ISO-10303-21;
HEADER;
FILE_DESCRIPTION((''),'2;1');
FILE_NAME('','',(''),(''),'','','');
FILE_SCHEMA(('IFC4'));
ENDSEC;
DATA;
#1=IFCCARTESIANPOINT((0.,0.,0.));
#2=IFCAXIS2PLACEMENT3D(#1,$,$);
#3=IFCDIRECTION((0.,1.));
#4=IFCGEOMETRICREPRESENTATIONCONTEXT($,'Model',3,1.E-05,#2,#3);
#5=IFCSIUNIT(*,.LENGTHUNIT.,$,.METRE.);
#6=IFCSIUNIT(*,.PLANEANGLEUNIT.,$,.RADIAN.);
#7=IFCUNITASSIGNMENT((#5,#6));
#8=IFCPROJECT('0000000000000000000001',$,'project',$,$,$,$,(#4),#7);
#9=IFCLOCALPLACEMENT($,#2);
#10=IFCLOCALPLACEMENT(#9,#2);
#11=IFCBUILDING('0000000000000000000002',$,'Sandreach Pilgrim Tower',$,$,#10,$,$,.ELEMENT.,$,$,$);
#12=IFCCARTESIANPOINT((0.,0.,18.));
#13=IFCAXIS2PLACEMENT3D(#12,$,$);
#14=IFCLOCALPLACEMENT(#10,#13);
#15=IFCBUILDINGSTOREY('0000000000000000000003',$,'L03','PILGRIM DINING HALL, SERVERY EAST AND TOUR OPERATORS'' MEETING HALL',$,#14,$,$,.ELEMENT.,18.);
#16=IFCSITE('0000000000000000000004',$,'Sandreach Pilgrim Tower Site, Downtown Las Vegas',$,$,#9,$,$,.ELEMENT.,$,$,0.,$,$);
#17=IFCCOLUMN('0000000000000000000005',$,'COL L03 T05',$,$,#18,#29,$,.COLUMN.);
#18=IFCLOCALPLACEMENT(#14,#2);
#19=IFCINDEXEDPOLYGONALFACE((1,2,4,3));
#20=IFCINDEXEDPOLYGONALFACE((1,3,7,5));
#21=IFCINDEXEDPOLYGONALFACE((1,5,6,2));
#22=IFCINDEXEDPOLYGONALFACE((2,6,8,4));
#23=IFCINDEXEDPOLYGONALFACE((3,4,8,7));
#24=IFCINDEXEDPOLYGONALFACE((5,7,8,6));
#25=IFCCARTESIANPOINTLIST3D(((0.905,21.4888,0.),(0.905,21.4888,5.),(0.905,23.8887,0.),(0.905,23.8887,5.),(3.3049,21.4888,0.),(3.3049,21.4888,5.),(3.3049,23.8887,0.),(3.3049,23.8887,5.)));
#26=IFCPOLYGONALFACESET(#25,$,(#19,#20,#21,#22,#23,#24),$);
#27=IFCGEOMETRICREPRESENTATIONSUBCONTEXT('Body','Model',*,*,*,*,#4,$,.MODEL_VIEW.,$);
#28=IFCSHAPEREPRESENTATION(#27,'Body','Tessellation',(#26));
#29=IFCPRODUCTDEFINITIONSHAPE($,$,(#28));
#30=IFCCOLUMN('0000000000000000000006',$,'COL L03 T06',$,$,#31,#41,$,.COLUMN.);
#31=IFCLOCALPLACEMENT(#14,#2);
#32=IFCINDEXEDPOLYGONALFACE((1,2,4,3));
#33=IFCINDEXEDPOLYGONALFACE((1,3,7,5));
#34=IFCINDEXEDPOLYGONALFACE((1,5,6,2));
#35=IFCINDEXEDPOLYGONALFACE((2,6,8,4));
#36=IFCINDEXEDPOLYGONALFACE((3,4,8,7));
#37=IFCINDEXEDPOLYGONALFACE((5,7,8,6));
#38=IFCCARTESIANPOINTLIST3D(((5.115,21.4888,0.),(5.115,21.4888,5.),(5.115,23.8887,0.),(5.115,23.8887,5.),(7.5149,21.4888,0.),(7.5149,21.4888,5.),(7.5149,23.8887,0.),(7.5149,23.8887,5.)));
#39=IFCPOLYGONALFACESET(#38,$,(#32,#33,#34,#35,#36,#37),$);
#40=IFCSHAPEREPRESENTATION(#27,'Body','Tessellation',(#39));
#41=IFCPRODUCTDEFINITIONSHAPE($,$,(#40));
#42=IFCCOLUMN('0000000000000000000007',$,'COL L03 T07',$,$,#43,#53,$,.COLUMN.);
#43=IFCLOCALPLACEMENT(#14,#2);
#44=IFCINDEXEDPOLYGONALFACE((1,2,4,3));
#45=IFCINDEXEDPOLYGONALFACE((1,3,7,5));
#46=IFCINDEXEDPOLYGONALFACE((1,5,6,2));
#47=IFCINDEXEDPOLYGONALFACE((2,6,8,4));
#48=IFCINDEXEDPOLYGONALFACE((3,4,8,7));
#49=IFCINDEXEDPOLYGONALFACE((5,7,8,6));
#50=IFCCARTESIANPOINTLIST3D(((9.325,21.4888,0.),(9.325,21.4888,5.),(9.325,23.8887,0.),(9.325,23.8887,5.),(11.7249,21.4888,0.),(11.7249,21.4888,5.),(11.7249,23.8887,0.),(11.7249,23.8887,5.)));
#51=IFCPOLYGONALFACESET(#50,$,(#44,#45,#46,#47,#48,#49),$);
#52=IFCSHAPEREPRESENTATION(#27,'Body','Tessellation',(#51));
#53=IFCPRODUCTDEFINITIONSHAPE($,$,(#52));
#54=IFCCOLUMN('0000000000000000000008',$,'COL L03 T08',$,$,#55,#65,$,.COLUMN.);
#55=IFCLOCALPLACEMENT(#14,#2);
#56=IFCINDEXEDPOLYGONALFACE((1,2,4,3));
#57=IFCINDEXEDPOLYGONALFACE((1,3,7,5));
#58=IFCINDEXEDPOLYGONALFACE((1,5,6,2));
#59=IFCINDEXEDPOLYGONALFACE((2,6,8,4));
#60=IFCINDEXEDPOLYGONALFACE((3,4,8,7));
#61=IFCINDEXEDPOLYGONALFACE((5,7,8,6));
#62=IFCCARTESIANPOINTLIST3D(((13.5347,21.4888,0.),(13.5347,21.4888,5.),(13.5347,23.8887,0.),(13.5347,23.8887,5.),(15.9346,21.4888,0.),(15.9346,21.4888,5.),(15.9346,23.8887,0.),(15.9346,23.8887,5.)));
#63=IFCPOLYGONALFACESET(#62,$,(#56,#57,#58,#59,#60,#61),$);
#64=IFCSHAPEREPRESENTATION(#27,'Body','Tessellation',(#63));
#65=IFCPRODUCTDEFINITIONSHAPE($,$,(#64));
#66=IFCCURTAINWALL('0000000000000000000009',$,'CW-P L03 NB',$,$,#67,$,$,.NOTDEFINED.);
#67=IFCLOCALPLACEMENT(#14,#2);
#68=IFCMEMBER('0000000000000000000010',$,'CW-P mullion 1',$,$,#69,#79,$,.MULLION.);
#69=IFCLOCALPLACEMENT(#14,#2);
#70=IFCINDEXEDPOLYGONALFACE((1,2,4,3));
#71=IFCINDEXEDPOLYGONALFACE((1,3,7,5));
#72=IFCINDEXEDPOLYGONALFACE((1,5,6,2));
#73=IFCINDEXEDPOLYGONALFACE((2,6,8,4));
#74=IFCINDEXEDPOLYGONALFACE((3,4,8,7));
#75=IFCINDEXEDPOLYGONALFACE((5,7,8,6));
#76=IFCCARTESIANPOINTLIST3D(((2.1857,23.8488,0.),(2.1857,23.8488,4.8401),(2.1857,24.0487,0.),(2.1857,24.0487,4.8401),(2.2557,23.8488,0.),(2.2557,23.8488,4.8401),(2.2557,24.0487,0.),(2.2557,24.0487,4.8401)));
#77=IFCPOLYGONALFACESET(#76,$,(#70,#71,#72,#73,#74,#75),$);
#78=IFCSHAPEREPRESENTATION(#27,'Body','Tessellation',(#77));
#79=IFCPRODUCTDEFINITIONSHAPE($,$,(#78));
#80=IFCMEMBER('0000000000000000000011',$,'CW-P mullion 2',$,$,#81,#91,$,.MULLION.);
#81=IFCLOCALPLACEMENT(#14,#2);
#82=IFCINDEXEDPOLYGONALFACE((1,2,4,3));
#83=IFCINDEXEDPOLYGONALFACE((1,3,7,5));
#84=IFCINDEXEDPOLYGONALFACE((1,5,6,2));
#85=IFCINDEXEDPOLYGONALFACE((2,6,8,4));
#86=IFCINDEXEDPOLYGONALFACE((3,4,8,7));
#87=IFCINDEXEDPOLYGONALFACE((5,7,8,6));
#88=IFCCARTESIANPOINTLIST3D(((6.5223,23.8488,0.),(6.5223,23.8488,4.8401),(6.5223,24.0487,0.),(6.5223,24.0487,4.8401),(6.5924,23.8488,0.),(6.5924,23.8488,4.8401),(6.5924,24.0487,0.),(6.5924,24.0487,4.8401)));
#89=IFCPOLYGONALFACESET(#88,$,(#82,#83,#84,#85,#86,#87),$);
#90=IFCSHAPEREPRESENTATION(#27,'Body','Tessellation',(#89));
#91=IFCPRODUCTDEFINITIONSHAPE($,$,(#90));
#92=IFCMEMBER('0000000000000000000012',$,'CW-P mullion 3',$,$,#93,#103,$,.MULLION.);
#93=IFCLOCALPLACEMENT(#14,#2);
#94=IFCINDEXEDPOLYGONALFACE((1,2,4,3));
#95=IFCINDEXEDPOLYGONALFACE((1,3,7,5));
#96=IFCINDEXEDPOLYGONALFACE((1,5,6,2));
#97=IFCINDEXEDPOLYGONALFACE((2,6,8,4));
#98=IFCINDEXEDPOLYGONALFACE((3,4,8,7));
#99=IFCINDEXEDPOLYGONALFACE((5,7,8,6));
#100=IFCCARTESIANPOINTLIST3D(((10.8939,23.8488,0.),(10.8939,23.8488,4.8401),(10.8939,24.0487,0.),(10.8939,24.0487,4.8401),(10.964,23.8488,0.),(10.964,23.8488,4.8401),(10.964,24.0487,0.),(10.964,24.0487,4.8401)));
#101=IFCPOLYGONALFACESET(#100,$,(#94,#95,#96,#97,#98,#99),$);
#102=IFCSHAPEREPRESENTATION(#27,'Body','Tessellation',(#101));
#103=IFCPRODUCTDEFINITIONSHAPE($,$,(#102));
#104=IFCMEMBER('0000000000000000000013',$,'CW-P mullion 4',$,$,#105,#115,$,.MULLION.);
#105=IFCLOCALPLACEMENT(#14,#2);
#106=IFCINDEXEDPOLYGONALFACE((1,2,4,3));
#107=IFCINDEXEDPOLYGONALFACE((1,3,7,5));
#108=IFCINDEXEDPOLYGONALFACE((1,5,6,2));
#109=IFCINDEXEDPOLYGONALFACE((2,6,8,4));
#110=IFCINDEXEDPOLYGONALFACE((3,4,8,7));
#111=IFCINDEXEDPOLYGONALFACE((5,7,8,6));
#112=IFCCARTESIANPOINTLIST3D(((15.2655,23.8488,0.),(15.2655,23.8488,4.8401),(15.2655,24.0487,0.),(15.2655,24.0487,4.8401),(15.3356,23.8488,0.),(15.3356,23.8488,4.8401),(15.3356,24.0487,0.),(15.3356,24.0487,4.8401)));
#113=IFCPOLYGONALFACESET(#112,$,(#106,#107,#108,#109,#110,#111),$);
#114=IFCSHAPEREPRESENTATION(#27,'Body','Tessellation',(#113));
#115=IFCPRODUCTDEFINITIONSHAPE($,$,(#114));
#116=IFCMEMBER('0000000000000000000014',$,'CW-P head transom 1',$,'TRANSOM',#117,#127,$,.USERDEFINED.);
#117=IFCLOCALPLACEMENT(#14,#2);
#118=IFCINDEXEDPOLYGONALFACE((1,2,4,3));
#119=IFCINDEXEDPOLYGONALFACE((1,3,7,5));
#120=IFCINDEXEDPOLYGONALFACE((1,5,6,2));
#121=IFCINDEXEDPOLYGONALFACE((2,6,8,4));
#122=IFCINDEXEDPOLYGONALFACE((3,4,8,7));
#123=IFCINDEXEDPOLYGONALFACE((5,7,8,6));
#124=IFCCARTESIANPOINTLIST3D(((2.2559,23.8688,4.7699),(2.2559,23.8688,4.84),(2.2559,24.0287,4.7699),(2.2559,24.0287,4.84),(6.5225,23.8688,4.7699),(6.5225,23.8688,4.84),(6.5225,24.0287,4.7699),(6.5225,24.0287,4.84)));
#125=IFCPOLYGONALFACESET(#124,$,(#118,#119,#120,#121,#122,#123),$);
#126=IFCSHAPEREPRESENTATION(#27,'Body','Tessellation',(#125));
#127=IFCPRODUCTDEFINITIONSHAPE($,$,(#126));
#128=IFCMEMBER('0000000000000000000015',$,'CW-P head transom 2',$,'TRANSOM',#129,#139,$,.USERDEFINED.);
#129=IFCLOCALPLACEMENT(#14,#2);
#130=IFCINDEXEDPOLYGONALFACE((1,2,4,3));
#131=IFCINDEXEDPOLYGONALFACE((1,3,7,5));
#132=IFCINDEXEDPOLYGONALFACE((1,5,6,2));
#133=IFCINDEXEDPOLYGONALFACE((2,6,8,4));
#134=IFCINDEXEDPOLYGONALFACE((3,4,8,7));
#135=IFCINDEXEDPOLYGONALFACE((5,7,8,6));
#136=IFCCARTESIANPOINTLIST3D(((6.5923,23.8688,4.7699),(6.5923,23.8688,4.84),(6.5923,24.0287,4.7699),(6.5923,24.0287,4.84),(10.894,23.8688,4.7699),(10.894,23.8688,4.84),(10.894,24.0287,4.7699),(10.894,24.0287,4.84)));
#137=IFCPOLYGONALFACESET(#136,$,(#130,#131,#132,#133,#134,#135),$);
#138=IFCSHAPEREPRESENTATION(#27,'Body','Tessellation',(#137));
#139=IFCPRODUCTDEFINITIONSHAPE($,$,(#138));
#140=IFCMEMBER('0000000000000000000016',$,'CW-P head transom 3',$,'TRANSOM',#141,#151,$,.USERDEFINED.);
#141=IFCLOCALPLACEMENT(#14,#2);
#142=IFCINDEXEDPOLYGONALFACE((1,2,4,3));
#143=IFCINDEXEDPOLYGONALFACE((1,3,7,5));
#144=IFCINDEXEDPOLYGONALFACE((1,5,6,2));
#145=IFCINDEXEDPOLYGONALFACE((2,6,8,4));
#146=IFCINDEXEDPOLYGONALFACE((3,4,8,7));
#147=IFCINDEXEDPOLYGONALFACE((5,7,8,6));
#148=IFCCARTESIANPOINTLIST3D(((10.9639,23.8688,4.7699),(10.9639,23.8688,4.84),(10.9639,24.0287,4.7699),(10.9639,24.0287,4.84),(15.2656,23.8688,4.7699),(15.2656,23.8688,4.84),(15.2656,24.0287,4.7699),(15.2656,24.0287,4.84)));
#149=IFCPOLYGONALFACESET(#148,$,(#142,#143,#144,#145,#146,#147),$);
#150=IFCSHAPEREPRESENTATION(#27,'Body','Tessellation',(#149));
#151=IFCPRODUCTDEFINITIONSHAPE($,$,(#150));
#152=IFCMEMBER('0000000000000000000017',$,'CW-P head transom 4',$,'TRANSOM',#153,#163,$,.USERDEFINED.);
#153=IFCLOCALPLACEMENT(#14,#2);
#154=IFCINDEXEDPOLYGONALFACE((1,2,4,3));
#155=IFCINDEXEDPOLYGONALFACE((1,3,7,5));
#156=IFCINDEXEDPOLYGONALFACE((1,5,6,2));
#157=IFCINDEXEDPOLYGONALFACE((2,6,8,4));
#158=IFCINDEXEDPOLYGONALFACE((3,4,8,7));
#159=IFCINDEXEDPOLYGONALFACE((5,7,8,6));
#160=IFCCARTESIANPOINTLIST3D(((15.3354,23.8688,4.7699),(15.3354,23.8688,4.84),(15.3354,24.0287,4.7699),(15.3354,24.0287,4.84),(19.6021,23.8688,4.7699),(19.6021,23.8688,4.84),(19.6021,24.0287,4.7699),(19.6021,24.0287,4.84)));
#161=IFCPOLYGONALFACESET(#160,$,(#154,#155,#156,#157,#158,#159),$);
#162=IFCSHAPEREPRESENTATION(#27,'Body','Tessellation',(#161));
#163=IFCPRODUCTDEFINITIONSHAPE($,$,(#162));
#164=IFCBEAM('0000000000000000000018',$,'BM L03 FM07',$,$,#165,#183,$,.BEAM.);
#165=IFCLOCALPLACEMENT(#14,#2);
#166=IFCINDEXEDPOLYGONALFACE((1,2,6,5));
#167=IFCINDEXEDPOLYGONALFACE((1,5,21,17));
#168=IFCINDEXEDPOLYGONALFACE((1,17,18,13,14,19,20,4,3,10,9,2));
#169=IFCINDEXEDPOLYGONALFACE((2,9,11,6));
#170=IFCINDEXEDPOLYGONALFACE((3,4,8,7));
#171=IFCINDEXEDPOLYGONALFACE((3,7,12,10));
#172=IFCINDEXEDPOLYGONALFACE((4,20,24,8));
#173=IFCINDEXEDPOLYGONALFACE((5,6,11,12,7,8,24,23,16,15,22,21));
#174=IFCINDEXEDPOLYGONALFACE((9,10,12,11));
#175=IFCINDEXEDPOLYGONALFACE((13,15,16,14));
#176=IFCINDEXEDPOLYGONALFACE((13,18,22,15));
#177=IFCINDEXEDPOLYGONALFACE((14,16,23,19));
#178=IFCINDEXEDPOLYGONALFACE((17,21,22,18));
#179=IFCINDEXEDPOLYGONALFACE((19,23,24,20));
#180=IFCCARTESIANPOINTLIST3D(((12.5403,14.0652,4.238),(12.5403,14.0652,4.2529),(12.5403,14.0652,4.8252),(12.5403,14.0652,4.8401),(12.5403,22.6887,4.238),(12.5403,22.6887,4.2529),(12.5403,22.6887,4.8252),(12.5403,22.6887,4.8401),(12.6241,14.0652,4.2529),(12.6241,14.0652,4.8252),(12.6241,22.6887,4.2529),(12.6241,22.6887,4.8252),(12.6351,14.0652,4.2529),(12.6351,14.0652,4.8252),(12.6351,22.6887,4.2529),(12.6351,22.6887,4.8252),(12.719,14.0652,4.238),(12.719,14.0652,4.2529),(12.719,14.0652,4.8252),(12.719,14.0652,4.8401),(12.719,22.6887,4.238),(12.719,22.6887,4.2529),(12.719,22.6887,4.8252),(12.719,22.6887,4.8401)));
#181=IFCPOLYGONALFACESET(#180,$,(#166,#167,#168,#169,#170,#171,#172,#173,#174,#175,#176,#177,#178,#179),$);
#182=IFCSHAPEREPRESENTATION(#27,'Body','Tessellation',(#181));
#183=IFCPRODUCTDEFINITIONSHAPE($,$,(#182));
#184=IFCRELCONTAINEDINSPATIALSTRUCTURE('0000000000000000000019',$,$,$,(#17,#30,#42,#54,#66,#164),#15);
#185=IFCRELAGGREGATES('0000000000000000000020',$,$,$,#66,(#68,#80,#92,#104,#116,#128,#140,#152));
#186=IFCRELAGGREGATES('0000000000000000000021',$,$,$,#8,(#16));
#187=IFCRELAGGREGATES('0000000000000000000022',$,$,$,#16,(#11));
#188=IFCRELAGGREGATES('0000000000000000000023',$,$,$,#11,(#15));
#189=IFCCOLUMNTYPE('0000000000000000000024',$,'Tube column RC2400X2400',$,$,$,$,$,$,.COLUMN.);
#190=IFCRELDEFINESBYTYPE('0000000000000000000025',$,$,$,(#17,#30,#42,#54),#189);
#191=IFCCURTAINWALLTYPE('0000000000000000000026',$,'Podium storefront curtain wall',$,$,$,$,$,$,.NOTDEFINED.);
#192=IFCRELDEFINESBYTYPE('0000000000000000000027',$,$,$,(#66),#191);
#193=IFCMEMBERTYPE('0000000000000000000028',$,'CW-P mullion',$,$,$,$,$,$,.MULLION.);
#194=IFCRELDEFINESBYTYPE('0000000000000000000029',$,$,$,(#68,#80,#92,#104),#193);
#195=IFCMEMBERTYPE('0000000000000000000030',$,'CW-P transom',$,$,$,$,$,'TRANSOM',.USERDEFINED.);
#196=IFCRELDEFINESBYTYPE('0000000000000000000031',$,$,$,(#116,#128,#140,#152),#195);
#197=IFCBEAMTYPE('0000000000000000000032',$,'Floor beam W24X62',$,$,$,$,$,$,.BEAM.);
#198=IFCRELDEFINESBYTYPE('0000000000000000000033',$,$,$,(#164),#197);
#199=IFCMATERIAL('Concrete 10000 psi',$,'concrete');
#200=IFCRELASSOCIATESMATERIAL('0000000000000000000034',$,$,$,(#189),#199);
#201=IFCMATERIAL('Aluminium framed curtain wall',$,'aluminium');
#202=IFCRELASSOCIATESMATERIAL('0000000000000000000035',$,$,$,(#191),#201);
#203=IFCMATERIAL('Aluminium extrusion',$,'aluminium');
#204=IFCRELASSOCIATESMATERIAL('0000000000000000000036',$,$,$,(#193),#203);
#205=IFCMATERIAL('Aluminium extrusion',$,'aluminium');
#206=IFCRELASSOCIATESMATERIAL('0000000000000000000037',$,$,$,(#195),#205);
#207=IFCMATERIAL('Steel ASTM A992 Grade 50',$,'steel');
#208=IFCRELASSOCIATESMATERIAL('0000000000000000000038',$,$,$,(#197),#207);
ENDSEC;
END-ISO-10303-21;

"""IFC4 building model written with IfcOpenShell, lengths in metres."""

from ifc_helpers import new_model, si_unit, direction, frame, origin, origin_2d, place, context, subcontext, project, spatial, rectangle, i_section, extrude, material, material_profile, profile_set, type_object, element, aggregate, save


model = new_model("IFC4")

# Units and contexts
model_context = context("Model", 3, precision=1e-05, world=origin(), true_north=direction((0.0, 1.0)))
body_context = subcontext(model_context, "Body", "Model", "MODEL_VIEW")
ifc_project = project(units=[si_unit("LENGTHUNIT", "METRE"), si_unit("PLANEANGLEUNIT", "RADIAN")], contexts=[model_context])

# Site, building, storey
site_placement = place(None, origin())
site = spatial("IfcSite", under=ifc_project, at=site_placement, Name="Sandreach Pilgrim Tower Site, Downtown Las Vegas", CompositionType="ELEMENT", RefElevation=0.0)
building_placement = place(site_placement, origin())
building = spatial("IfcBuilding", under=site, at=building_placement, Name="Sandreach Pilgrim Tower", CompositionType="ELEMENT")
storey_placement = place(building_placement, frame((0.0, 0.0, 18.0)))
storey = spatial("IfcBuildingStorey", under=building, at=storey_placement, Name="L03", Description="PILGRIM DINING HALL, SERVERY EAST AND TOUR OPERATORS' MEETING HALL", CompositionType="ELEMENT", Elevation=18.0)

# Columns
ifc_material_1 = material(Name="Concrete 10000 psi", Category="concrete")
ifc_material_profile_1 = material_profile(ifc_material_1, rectangle(XDim=2.3999, YDim=2.3999, at=origin_2d()), Name="RC2400X2400")
ifc_profile_set_1 = profile_set([ifc_material_profile_1], Name="Concrete 10000 psi")
column_type = type_object("IfcColumnType", Name="Tube column RC2400X2400", PredefinedType="COLUMN", material=ifc_profile_set_1)
for number, where, z_axis, x_axis, name in (
    (1, (2.105, 22.6887, 0.0), (0.0, 0.0, 1.0), (0.0, 1.0, 0.0), "COL L03 T05"),
    (2, (6.3149, 22.6887, 0.0), (0.0, 0.0, 1.0), (0.0, 1.0, 0.0), "COL L03 T06"),
    (3, (10.5249, 22.6887, 0.0), (0.0, 0.0, 1.0), (0.0, 1.0, 0.0), "COL L03 T07"),
    (4, (14.7346, 22.6887, 0.0), (0.0, 0.0, 1.0), (0.0, 1.0, 0.0), "COL L03 T08"),
):
    element("IfcColumn", number, at=place(storey_placement, frame(where, z_axis=z_axis, x_axis=x_axis)), inside=storey, type_object=column_type, Name=name, PredefinedType="COLUMN", context=body_context, shape_type="SweptSolid", body=[
        extrude(rectangle(XDim=2.3999, YDim=2.3999, at=origin_2d()), origin(), (0.0, 0.0, 1.0), 5.0),
    ])

# Curtain wall, members
ifc_material_2 = material(Name="Aluminium framed curtain wall", Category="aluminium")
curtain_wall_type = type_object("IfcCurtainWallType", Name="Podium storefront curtain wall", PredefinedType="NOTDEFINED", material=ifc_material_2)
curtain_wall_placement = place(storey_placement, origin())
curtain_wall = element("IfcCurtainWall", 5, at=curtain_wall_placement, inside=storey, type_object=curtain_wall_type, Name="CW-P L03 NB", PredefinedType="NOTDEFINED")
ifc_material_3 = material(Name="Aluminium extrusion", Category="aluminium")
ifc_material_profile_2 = material_profile(ifc_material_3, rectangle(XDim=0.0701, YDim=0.2, at=origin_2d()), Name="CW-PM 70X200")
ifc_profile_set_2 = profile_set([ifc_material_profile_2], Name="Aluminium extrusion")
member_type_1 = type_object("IfcMemberType", Name="CW-P mullion", PredefinedType="MULLION", material=ifc_profile_set_2)
member_1_placement = place(storey_placement, frame((2.2207, 23.9487, 0.0), z_axis=(0.0, 0.0, 1.0), x_axis=(1.0, 0.0, 0.0)))
member_1 = element("IfcMember", 6, at=member_1_placement, type_object=member_type_1, Name="CW-P mullion 1", PredefinedType="MULLION", context=body_context, shape_type="SweptSolid", body=[
    extrude(rectangle(XDim=0.0701, YDim=0.2, at=origin_2d()), origin(), (0.0, 0.0, 1.0), 4.8401),
])
member_2_placement = place(storey_placement, frame((6.5574, 23.9487, 0.0), z_axis=(0.0, 0.0, 1.0), x_axis=(1.0, 0.0, 0.0)))
member_2 = element("IfcMember", 7, at=member_2_placement, type_object=member_type_1, Name="CW-P mullion 2", PredefinedType="MULLION", context=body_context, shape_type="SweptSolid", body=[
    extrude(rectangle(XDim=0.0701, YDim=0.2, at=origin_2d()), origin(), (0.0, 0.0, 1.0), 4.8401),
])
member_3_placement = place(storey_placement, frame((10.929, 23.9487, 0.0), z_axis=(0.0, 0.0, 1.0), x_axis=(1.0, 0.0, 0.0)))
member_3 = element("IfcMember", 8, at=member_3_placement, type_object=member_type_1, Name="CW-P mullion 3", PredefinedType="MULLION", context=body_context, shape_type="SweptSolid", body=[
    extrude(rectangle(XDim=0.0701, YDim=0.2, at=origin_2d()), origin(), (0.0, 0.0, 1.0), 4.8401),
])
member_4_placement = place(storey_placement, frame((15.3005, 23.9487, 0.0), z_axis=(0.0, 0.0, 1.0), x_axis=(1.0, 0.0, 0.0)))
member_4 = element("IfcMember", 9, at=member_4_placement, type_object=member_type_1, Name="CW-P mullion 4", PredefinedType="MULLION", context=body_context, shape_type="SweptSolid", body=[
    extrude(rectangle(XDim=0.0701, YDim=0.2, at=origin_2d()), origin(), (0.0, 0.0, 1.0), 4.8401),
])
ifc_material_4 = material(Name="Aluminium extrusion", Category="aluminium")
ifc_material_profile_3 = material_profile(ifc_material_4, rectangle(XDim=0.1599, YDim=0.0701, at=origin_2d()), Name="CW-PT 160X70")
ifc_profile_set_3 = profile_set([ifc_material_profile_3], Name="Aluminium extrusion")
member_type_2 = type_object("IfcMemberType", Name="CW-P transom", ElementType="TRANSOM", PredefinedType="USERDEFINED", material=ifc_profile_set_3)
member_5_placement = place(storey_placement, frame((2.2559, 23.9487, 4.8049), z_axis=(1.0, 0.0, 0.0), x_axis=(0.0, 1.0, 0.0)))
member_5 = element("IfcMember", 10, at=member_5_placement, type_object=member_type_2, Name="CW-P head transom 1", ObjectType="TRANSOM", PredefinedType="USERDEFINED", context=body_context, shape_type="SweptSolid", body=[
    extrude(rectangle(XDim=0.1599, YDim=0.0701, at=origin_2d()), origin(), (0.0, 0.0, 1.0), 4.2666),
])
member_6_placement = place(storey_placement, frame((6.5923, 23.9487, 4.8049), z_axis=(1.0, 0.0, 0.0), x_axis=(0.0, 1.0, 0.0)))
member_6 = element("IfcMember", 11, at=member_6_placement, type_object=member_type_2, Name="CW-P head transom 2", ObjectType="TRANSOM", PredefinedType="USERDEFINED", context=body_context, shape_type="SweptSolid", body=[
    extrude(rectangle(XDim=0.1599, YDim=0.0701, at=origin_2d()), origin(), (0.0, 0.0, 1.0), 4.3018),
])
member_7_placement = place(storey_placement, frame((10.9639, 23.9487, 4.8049), z_axis=(1.0, 0.0, 0.0), x_axis=(0.0, 1.0, 0.0)))
member_7 = element("IfcMember", 12, at=member_7_placement, type_object=member_type_2, Name="CW-P head transom 3", ObjectType="TRANSOM", PredefinedType="USERDEFINED", context=body_context, shape_type="SweptSolid", body=[
    extrude(rectangle(XDim=0.1599, YDim=0.0701, at=origin_2d()), origin(), (0.0, 0.0, 1.0), 4.3018),
])
member_8_placement = place(storey_placement, frame((15.3354, 23.9487, 4.8049), z_axis=(1.0, 0.0, 0.0), x_axis=(0.0, 1.0, 0.0)))
member_8 = element("IfcMember", 13, at=member_8_placement, type_object=member_type_2, Name="CW-P head transom 4", ObjectType="TRANSOM", PredefinedType="USERDEFINED", context=body_context, shape_type="SweptSolid", body=[
    extrude(rectangle(XDim=0.1599, YDim=0.0701, at=origin_2d()), origin(), (0.0, 0.0, 1.0), 4.2666),
])

# Beam
ifc_material_5 = material(Name="Steel ASTM A992 Grade 50", Category="steel")
ifc_material_profile_4 = material_profile(ifc_material_5, i_section(OverallWidth=0.1787, OverallDepth=0.6021, WebThickness=0.011, FlangeThickness=0.0149, at=origin_2d()), Name="W24X62")
ifc_profile_set_4 = profile_set([ifc_material_profile_4], Name="Steel ASTM A992 Grade 50")
beam_type_1 = type_object("IfcBeamType", Name="Floor beam W24X62", PredefinedType="BEAM", material=ifc_profile_set_4)
beam_1_placement = place(storey_placement, frame((12.6296, 22.6887, 4.5391), z_axis=(0.0, -1.0, 0.0), x_axis=(1.0, 0.0, 0.0)))
element("IfcBeam", 14, at=beam_1_placement, inside=storey, type_object=beam_type_1, Name="BM L03 FM07", PredefinedType="BEAM", context=body_context, shape_type="SweptSolid", body=[
    extrude(i_section(OverallWidth=0.1787, OverallDepth=0.6021, WebThickness=0.011, FlangeThickness=0.0149, at=origin_2d()), origin(), (0.0, 0.0, 1.0), 8.6235),
])

aggregate(curtain_wall, [member_1, member_2, member_3, member_4, member_5, member_6, member_7, member_8])

save(model, "model.ifc")
